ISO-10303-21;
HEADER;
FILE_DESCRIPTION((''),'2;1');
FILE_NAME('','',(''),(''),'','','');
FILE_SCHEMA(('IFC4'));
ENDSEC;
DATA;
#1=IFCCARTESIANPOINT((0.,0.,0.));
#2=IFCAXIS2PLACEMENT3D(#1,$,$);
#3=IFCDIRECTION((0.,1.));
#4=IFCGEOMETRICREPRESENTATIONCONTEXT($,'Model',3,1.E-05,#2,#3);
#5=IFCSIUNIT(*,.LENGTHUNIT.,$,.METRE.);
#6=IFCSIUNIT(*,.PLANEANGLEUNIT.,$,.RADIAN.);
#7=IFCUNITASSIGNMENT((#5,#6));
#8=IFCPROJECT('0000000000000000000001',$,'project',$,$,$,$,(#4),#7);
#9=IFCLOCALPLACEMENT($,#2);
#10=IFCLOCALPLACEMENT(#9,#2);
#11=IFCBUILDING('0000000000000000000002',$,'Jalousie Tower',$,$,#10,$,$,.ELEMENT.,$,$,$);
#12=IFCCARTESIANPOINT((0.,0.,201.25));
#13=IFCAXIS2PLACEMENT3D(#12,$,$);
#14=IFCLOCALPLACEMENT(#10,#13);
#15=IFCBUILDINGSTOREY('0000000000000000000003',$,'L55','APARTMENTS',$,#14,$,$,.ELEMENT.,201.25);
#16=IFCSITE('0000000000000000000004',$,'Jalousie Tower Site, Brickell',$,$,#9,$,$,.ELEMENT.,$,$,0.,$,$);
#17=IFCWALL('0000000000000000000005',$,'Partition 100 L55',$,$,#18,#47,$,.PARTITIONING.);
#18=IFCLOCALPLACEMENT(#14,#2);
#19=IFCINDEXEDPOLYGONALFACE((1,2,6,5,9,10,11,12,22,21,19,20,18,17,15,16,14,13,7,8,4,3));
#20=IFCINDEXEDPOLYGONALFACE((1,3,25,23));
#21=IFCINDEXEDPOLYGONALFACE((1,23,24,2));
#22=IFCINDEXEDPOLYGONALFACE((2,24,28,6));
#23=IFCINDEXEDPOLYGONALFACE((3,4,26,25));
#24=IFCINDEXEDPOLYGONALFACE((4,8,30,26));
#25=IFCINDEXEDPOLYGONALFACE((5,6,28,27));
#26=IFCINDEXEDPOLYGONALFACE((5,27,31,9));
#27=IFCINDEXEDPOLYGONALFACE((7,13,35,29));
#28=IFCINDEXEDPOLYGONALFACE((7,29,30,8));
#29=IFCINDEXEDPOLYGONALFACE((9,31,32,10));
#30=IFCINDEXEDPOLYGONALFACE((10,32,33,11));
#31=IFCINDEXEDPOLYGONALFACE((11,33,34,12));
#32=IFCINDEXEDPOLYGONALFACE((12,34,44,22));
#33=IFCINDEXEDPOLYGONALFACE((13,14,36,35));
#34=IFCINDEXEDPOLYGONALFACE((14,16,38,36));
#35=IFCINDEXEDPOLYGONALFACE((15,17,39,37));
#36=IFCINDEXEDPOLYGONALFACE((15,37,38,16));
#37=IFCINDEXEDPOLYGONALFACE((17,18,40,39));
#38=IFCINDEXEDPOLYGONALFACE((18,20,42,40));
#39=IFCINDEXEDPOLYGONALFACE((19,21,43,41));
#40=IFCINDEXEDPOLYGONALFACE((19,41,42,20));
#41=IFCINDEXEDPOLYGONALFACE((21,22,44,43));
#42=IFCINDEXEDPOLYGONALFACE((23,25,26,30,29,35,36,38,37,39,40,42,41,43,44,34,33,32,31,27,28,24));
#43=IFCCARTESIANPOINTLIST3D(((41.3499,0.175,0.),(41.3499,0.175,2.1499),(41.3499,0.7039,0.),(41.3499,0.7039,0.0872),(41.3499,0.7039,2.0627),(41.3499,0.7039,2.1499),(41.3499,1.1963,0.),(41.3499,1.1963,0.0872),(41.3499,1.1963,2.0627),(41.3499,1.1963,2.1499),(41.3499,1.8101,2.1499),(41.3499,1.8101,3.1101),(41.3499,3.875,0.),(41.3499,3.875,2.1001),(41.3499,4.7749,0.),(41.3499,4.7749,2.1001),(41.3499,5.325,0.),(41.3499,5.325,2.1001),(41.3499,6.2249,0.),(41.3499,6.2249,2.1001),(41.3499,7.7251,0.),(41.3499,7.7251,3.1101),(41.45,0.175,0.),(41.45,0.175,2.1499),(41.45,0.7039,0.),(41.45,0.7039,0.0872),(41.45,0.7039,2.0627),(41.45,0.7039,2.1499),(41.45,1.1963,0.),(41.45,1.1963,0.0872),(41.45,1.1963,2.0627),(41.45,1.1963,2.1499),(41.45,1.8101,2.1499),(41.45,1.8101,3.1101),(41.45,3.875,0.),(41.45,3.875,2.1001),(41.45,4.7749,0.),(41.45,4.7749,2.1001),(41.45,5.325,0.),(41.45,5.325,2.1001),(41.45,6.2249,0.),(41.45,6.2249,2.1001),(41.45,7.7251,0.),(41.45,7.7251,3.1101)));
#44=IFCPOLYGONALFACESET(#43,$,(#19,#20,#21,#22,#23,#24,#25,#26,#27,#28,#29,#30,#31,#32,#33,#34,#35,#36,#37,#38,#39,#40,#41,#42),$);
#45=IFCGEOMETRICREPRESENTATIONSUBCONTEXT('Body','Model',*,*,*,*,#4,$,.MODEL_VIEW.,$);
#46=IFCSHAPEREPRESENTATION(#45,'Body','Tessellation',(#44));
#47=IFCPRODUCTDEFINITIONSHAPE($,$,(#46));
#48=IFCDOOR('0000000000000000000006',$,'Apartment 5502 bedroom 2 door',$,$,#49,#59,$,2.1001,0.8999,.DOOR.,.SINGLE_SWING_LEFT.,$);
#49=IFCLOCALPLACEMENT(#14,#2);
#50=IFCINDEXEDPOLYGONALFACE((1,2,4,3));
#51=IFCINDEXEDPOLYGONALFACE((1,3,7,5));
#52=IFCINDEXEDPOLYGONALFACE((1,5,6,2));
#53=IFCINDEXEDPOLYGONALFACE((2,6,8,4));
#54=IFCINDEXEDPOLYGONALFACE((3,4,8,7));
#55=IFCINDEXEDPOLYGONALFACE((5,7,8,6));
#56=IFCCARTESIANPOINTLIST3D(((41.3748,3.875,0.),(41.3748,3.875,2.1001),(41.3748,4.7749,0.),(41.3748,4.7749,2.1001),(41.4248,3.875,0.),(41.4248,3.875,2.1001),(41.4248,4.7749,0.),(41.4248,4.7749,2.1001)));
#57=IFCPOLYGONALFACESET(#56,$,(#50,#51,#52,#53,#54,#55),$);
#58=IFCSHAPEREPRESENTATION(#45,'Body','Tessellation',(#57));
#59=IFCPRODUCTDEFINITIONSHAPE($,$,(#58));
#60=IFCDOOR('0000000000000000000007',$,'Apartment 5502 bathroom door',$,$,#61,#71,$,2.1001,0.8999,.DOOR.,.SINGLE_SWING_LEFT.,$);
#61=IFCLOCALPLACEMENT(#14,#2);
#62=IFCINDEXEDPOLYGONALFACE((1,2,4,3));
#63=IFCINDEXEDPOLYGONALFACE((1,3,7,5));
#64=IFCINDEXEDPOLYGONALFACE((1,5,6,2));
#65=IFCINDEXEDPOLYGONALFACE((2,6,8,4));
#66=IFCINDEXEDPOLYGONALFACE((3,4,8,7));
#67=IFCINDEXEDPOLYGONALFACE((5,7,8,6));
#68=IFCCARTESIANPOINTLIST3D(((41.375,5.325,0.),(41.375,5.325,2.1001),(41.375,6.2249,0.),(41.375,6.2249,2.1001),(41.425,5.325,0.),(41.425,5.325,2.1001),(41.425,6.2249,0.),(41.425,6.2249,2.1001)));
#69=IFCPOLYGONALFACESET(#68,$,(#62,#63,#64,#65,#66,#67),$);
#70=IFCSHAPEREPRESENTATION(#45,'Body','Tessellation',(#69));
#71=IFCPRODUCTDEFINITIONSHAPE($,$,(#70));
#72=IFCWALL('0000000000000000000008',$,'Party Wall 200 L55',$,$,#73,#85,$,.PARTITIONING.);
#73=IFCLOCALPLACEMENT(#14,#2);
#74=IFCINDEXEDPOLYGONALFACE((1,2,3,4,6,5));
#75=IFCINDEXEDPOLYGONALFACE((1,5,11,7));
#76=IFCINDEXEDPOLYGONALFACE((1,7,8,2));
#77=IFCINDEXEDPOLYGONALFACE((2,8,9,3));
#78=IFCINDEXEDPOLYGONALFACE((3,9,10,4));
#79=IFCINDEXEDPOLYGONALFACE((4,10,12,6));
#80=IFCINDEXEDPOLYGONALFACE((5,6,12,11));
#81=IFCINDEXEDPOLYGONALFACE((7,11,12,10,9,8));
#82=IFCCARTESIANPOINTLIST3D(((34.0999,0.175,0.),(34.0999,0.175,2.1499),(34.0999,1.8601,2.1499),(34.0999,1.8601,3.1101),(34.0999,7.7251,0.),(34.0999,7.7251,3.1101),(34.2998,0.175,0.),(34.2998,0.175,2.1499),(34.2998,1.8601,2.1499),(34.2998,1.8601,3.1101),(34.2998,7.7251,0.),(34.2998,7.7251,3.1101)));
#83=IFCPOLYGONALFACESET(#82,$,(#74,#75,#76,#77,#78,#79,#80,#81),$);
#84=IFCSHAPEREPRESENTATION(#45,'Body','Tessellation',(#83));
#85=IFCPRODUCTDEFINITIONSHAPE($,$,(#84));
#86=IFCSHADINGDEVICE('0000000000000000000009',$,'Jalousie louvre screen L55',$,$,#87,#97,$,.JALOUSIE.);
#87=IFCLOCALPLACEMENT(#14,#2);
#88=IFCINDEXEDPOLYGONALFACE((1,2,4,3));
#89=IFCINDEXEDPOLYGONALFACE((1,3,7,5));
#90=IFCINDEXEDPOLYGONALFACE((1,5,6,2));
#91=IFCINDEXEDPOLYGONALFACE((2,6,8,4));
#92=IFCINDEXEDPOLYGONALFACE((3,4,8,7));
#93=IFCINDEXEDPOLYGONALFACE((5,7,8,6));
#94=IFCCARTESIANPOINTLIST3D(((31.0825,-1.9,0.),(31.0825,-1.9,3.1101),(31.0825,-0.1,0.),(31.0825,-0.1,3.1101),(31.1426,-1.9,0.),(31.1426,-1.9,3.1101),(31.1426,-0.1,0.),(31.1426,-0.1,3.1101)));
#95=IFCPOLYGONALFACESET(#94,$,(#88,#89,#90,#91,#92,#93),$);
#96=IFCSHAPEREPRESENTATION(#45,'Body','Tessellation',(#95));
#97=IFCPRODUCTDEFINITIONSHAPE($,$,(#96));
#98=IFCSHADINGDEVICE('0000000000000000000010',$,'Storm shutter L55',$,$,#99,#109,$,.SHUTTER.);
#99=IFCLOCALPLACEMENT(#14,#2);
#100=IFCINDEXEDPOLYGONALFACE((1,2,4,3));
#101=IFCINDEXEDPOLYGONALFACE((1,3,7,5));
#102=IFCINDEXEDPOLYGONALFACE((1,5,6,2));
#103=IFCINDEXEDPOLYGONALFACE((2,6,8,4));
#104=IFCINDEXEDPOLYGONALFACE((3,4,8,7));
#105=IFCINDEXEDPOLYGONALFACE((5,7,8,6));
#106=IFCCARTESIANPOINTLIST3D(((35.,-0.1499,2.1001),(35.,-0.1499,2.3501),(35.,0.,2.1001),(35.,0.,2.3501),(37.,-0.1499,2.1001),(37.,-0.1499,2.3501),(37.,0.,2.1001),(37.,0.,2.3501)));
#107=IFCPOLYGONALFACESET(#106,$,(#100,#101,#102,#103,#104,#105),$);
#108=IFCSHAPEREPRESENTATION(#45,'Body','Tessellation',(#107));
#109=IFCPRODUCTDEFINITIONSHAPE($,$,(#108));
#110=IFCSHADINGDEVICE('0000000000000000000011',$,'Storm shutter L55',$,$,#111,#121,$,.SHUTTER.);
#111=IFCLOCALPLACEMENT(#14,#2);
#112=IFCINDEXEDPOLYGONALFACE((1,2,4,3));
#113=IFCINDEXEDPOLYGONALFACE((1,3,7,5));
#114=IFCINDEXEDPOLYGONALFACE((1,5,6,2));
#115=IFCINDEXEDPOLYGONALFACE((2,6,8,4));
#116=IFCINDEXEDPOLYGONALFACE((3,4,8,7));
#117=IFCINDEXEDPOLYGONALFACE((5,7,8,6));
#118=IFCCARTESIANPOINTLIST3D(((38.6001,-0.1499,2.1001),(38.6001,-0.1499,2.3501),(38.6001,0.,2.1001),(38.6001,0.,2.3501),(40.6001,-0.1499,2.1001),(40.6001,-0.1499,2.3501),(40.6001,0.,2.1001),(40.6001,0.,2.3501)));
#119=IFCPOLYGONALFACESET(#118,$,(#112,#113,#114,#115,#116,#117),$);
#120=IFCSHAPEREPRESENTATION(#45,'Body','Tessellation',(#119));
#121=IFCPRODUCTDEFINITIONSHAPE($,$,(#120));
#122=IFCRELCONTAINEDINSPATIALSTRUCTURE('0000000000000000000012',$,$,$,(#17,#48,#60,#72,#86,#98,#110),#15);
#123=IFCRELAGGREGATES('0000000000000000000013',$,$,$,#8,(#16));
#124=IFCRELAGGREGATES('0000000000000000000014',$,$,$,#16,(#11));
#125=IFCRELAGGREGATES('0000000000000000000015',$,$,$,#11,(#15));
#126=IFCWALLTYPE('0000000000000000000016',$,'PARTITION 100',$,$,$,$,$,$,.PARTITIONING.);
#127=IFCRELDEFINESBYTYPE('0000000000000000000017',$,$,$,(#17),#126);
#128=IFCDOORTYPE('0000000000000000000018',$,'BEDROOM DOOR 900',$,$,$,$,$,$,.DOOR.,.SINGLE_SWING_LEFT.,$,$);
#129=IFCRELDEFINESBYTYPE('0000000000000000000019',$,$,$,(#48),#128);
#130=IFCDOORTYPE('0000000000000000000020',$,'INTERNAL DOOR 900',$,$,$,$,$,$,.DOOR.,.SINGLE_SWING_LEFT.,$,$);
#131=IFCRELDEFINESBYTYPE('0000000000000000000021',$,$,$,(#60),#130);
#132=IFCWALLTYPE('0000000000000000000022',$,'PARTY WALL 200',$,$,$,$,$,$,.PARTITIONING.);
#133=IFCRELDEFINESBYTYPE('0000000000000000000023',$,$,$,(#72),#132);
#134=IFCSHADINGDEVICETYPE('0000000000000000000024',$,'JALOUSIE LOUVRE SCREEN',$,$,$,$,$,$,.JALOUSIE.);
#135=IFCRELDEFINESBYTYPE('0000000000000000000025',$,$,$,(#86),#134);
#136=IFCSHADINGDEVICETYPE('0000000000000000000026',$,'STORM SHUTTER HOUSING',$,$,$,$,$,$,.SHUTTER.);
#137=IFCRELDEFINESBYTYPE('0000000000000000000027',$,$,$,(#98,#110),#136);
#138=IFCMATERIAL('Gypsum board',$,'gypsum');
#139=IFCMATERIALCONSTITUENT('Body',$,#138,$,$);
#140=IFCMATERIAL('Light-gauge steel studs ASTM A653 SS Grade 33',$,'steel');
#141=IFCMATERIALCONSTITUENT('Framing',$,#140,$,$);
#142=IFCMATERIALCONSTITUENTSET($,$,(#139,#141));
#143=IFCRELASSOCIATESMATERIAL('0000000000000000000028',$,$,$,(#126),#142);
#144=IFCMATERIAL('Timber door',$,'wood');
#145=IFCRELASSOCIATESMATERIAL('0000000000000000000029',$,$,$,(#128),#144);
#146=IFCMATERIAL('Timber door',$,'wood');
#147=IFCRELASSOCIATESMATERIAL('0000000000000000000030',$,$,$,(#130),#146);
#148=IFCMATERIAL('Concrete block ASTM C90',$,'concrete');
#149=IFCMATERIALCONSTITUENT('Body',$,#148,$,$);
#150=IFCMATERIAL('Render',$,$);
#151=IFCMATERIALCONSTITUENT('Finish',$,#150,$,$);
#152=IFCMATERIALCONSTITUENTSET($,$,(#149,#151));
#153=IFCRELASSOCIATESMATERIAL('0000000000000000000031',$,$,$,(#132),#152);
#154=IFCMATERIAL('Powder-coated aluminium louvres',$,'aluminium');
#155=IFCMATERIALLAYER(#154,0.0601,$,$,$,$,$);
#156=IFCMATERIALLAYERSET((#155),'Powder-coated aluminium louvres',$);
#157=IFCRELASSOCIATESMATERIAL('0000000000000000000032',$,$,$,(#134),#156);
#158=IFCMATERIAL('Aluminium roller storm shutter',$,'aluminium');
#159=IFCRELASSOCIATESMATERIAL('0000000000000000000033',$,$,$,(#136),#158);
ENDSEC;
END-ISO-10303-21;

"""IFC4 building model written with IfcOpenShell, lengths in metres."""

from ifc_helpers import new_model, si_unit, direction, frame, frame_2d, origin, origin_2d, place, context, subcontext, project, spatial, polyline, rectangle, outline, extrude, material, layer, layer_set, constituent, constituent_set, type_object, element, fill, save


model = new_model("IFC4")

# Units and contexts
model_context = context("Model", 3, precision=1e-05, world=origin(), true_north=direction((0.0, 1.0)))
body_context = subcontext(model_context, "Body", "Model", "MODEL_VIEW")
ifc_project = project(units=[si_unit("LENGTHUNIT", "METRE"), si_unit("PLANEANGLEUNIT", "RADIAN")], contexts=[model_context])

# Site, building, storey
site_placement = place(None, origin())
site = spatial("IfcSite", under=ifc_project, at=site_placement, Name="Jalousie Tower Site, Brickell", CompositionType="ELEMENT", RefElevation=0.0)
building_placement = place(site_placement, origin())
building = spatial("IfcBuilding", under=site, at=building_placement, Name="Jalousie Tower", CompositionType="ELEMENT")
storey_placement = place(building_placement, frame((0.0, 0.0, 201.25)))
storey = spatial("IfcBuildingStorey", under=building, at=storey_placement, Name="L55", Description="APARTMENTS", CompositionType="ELEMENT", Elevation=201.25)

# Shared definitions
ifc_material_1 = material(Name="Gypsum board", Category="gypsum")
ifc_constituent_1 = constituent(ifc_material_1, Name="Body")
ifc_material_2 = material(Name="Light-gauge steel studs ASTM A653 SS Grade 33", Category="steel")
ifc_constituent_2 = constituent(ifc_material_2, Name="Framing")
ifc_constituent_set_1 = constituent_set(constituents=[ifc_constituent_1, ifc_constituent_2])
wall_type_1 = type_object("IfcWallType", Name="PARTITION 100", PredefinedType="PARTITIONING", material=ifc_constituent_set_1)
ifc_material_3 = material(Name="Timber door", Category="wood")
door_type_1 = type_object("IfcDoorType", Name="BEDROOM DOOR 900", OperationType="SINGLE_SWING_LEFT", PredefinedType="DOOR", material=ifc_material_3)

# Wall, openings, doors
wall_1_placement = place(storey_placement, frame((41.3999, 0.175, 0.0), z_axis=(0.0, 0.0, 1.0), x_axis=(0.0, 1.0, 0.0)))
wall_1 = element("IfcWall", 1, at=wall_1_placement, inside=storey, type_object=wall_type_1, Name="Partition 100 L55", PredefinedType="PARTITIONING", context=body_context, shape_type="SweptSolid", body=[
    extrude(outline(polyline([(0.5288, 2.1499), (0.0, 2.1499), (0.0, 0.0), (0.5288, 0.0), (0.5288, 0.0872), (1.0212, 0.0872), (1.0212, 0.0), (7.55, 0.0), (7.55, 3.1101), (1.635, 3.1101), (1.635, 2.1499), (1.0212, 2.1499), (1.0212, 2.0627), (0.5288, 2.0627), (0.5288, 2.1499)])), frame((0.0, 0.05, 0.0), z_axis=(0.0, -1.0, 0.0), x_axis=(1.0, 0.0, 0.0)), (0.0, 0.0, 1.0), 0.1001),
])
opening_1_placement = place(wall_1_placement, frame((3.7, 0.0, 0.0)))
opening_1 = element("IfcOpeningElement", 2, at=opening_1_placement, cuts=wall_1, PredefinedType="OPENING", context=body_context, shape_type="SweptSolid", body=[
    extrude(rectangle(XDim=0.8999, YDim=2.1001, at=frame_2d((0.45, 1.05))), frame((0.0, 0.0601, 0.0), z_axis=(0.0, -1.0, 0.0), x_axis=(1.0, 0.0, 0.0)), (0.0, 0.0, 1.0), 0.1201),
])
opening_2_placement = place(wall_1_placement, frame((5.1499, 0.0, 0.0)))
opening_2 = element("IfcOpeningElement", 3, at=opening_2_placement, cuts=wall_1, PredefinedType="OPENING", context=body_context, shape_type="SweptSolid", body=[
    extrude(rectangle(XDim=0.8999, YDim=2.1001, at=frame_2d((0.45, 1.05))), frame((0.0, 0.0601, 0.0), z_axis=(0.0, -1.0, 0.0), x_axis=(1.0, 0.0, 0.0)), (0.0, 0.0, 1.0), 0.1201),
])
door_1_placement = place(opening_1_placement, frame((0.8999, 0.0, 0.0), z_axis=(0.0, 0.0, 1.0), x_axis=(-1.0, 0.0, 0.0)))
door_1 = element("IfcDoor", 4, at=door_1_placement, inside=storey, type_object=door_type_1, Name="Apartment 5502 bedroom 2 door", OperationType="SINGLE_SWING_LEFT", OverallHeight=2.1001, OverallWidth=0.8999, PredefinedType="DOOR", context=body_context, shape_type="SweptSolid", body=[
    extrude(rectangle(XDim=0.8999, YDim=2.1001, at=frame_2d((0.45, 1.05))), frame((0.0, 0.0249, 0.0), z_axis=(0.0, -1.0, 0.0), x_axis=(1.0, 0.0, 0.0)), (0.0, 0.0, 1.0), 0.05),
])
fill(opening_1, door_1)
ifc_material_4 = material(Name="Timber door", Category="wood")
door_type_2 = type_object("IfcDoorType", Name="INTERNAL DOOR 900", OperationType="SINGLE_SWING_LEFT", PredefinedType="DOOR", material=ifc_material_4)
door_2_placement = place(opening_2_placement, origin())
door_2 = element("IfcDoor", 5, at=door_2_placement, inside=storey, type_object=door_type_2, Name="Apartment 5502 bathroom door", OperationType="SINGLE_SWING_LEFT", OverallHeight=2.1001, OverallWidth=0.8999, PredefinedType="DOOR", context=body_context, shape_type="SweptSolid", body=[
    extrude(rectangle(XDim=0.8999, YDim=2.1001, at=frame_2d((0.45, 1.05))), frame((0.0, 0.0249, 0.0), z_axis=(0.0, -1.0, 0.0), x_axis=(1.0, 0.0, 0.0)), (0.0, 0.0, 1.0), 0.05),
])
fill(opening_2, door_2)

# Wall
ifc_material_5 = material(Name="Concrete block ASTM C90", Category="concrete")
ifc_constituent_3 = constituent(ifc_material_5, Name="Body")
ifc_material_6 = material(Name="Render")
ifc_constituent_4 = constituent(ifc_material_6, Name="Finish")
ifc_constituent_set_2 = constituent_set(constituents=[ifc_constituent_3, ifc_constituent_4])
wall_type_2 = type_object("IfcWallType", Name="PARTY WALL 200", PredefinedType="PARTITIONING", material=ifc_constituent_set_2)
wall_2_placement = place(storey_placement, frame((34.2, 0.175, 0.0), z_axis=(0.0, 0.0, 1.0), x_axis=(0.0, 1.0, 0.0)))
element("IfcWall", 6, at=wall_2_placement, inside=storey, type_object=wall_type_2, Name="Party Wall 200 L55", PredefinedType="PARTITIONING", context=body_context, shape_type="SweptSolid", body=[
    extrude(outline(polyline([(0.0, 0.0), (7.55, 0.0), (7.55, 3.1101), (1.6851, 3.1101), (1.6851, 2.1499), (0.0, 2.1499), (0.0, 3.1101), (0.0, 0.0)])), frame((0.0, 0.1001, 0.0), z_axis=(0.0, -1.0, 0.0), x_axis=(1.0, 0.0, 0.0)), (0.0, 0.0, 1.0), 0.2),
])

# Shading devices
ifc_material_7 = material(Name="Powder-coated aluminium louvres", Category="aluminium")
ifc_layer_1 = layer(ifc_material_7, 0.0601)
ifc_layer_set_1 = layer_set([ifc_layer_1], Name="Powder-coated aluminium louvres")
shading_device_type_1 = type_object("IfcShadingDeviceType", Name="JALOUSIE LOUVRE SCREEN", PredefinedType="JALOUSIE", material=ifc_layer_set_1)
shading_device_placement = place(storey_placement, frame((31.1125, -1.0, 0.0), z_axis=(0.0, 0.0, 1.0), x_axis=(1.0, 0.0, 0.0)))
element("IfcShadingDevice", 7, at=shading_device_placement, inside=storey, type_object=shading_device_type_1, Name="Jalousie louvre screen L55", PredefinedType="JALOUSIE", context=body_context, shape_type="SweptSolid", body=[
    extrude(rectangle(XDim=0.0601, YDim=1.8, at=origin_2d()), origin(), (0.0, 0.0, 1.0), 3.1101),
])
ifc_material_8 = material(Name="Aluminium roller storm shutter", Category="aluminium")
shading_device_type_2 = type_object("IfcShadingDeviceType", Name="STORM SHUTTER HOUSING", PredefinedType="SHUTTER", material=ifc_material_8)
for number, where, z_axis, x_axis, name in (
    (8, (36.0, -0.075, 2.1001), (0.0, 0.0, 1.0), (1.0, 0.0, 0.0), "Storm shutter L55"),
    (9, (39.6001, -0.075, 2.1001), (0.0, 0.0, 1.0), (1.0, 0.0, 0.0), "Storm shutter L55"),
):
    element("IfcShadingDevice", number, at=place(storey_placement, frame(where, z_axis=z_axis, x_axis=x_axis)), inside=storey, type_object=shading_device_type_2, Name=name, PredefinedType="SHUTTER", context=body_context, shape_type="SweptSolid", body=[
        extrude(rectangle(XDim=2.0, YDim=0.1499, at=origin_2d()), origin(), (0.0, 0.0, 1.0), 0.25),
    ])

save(model, "model.ifc")
